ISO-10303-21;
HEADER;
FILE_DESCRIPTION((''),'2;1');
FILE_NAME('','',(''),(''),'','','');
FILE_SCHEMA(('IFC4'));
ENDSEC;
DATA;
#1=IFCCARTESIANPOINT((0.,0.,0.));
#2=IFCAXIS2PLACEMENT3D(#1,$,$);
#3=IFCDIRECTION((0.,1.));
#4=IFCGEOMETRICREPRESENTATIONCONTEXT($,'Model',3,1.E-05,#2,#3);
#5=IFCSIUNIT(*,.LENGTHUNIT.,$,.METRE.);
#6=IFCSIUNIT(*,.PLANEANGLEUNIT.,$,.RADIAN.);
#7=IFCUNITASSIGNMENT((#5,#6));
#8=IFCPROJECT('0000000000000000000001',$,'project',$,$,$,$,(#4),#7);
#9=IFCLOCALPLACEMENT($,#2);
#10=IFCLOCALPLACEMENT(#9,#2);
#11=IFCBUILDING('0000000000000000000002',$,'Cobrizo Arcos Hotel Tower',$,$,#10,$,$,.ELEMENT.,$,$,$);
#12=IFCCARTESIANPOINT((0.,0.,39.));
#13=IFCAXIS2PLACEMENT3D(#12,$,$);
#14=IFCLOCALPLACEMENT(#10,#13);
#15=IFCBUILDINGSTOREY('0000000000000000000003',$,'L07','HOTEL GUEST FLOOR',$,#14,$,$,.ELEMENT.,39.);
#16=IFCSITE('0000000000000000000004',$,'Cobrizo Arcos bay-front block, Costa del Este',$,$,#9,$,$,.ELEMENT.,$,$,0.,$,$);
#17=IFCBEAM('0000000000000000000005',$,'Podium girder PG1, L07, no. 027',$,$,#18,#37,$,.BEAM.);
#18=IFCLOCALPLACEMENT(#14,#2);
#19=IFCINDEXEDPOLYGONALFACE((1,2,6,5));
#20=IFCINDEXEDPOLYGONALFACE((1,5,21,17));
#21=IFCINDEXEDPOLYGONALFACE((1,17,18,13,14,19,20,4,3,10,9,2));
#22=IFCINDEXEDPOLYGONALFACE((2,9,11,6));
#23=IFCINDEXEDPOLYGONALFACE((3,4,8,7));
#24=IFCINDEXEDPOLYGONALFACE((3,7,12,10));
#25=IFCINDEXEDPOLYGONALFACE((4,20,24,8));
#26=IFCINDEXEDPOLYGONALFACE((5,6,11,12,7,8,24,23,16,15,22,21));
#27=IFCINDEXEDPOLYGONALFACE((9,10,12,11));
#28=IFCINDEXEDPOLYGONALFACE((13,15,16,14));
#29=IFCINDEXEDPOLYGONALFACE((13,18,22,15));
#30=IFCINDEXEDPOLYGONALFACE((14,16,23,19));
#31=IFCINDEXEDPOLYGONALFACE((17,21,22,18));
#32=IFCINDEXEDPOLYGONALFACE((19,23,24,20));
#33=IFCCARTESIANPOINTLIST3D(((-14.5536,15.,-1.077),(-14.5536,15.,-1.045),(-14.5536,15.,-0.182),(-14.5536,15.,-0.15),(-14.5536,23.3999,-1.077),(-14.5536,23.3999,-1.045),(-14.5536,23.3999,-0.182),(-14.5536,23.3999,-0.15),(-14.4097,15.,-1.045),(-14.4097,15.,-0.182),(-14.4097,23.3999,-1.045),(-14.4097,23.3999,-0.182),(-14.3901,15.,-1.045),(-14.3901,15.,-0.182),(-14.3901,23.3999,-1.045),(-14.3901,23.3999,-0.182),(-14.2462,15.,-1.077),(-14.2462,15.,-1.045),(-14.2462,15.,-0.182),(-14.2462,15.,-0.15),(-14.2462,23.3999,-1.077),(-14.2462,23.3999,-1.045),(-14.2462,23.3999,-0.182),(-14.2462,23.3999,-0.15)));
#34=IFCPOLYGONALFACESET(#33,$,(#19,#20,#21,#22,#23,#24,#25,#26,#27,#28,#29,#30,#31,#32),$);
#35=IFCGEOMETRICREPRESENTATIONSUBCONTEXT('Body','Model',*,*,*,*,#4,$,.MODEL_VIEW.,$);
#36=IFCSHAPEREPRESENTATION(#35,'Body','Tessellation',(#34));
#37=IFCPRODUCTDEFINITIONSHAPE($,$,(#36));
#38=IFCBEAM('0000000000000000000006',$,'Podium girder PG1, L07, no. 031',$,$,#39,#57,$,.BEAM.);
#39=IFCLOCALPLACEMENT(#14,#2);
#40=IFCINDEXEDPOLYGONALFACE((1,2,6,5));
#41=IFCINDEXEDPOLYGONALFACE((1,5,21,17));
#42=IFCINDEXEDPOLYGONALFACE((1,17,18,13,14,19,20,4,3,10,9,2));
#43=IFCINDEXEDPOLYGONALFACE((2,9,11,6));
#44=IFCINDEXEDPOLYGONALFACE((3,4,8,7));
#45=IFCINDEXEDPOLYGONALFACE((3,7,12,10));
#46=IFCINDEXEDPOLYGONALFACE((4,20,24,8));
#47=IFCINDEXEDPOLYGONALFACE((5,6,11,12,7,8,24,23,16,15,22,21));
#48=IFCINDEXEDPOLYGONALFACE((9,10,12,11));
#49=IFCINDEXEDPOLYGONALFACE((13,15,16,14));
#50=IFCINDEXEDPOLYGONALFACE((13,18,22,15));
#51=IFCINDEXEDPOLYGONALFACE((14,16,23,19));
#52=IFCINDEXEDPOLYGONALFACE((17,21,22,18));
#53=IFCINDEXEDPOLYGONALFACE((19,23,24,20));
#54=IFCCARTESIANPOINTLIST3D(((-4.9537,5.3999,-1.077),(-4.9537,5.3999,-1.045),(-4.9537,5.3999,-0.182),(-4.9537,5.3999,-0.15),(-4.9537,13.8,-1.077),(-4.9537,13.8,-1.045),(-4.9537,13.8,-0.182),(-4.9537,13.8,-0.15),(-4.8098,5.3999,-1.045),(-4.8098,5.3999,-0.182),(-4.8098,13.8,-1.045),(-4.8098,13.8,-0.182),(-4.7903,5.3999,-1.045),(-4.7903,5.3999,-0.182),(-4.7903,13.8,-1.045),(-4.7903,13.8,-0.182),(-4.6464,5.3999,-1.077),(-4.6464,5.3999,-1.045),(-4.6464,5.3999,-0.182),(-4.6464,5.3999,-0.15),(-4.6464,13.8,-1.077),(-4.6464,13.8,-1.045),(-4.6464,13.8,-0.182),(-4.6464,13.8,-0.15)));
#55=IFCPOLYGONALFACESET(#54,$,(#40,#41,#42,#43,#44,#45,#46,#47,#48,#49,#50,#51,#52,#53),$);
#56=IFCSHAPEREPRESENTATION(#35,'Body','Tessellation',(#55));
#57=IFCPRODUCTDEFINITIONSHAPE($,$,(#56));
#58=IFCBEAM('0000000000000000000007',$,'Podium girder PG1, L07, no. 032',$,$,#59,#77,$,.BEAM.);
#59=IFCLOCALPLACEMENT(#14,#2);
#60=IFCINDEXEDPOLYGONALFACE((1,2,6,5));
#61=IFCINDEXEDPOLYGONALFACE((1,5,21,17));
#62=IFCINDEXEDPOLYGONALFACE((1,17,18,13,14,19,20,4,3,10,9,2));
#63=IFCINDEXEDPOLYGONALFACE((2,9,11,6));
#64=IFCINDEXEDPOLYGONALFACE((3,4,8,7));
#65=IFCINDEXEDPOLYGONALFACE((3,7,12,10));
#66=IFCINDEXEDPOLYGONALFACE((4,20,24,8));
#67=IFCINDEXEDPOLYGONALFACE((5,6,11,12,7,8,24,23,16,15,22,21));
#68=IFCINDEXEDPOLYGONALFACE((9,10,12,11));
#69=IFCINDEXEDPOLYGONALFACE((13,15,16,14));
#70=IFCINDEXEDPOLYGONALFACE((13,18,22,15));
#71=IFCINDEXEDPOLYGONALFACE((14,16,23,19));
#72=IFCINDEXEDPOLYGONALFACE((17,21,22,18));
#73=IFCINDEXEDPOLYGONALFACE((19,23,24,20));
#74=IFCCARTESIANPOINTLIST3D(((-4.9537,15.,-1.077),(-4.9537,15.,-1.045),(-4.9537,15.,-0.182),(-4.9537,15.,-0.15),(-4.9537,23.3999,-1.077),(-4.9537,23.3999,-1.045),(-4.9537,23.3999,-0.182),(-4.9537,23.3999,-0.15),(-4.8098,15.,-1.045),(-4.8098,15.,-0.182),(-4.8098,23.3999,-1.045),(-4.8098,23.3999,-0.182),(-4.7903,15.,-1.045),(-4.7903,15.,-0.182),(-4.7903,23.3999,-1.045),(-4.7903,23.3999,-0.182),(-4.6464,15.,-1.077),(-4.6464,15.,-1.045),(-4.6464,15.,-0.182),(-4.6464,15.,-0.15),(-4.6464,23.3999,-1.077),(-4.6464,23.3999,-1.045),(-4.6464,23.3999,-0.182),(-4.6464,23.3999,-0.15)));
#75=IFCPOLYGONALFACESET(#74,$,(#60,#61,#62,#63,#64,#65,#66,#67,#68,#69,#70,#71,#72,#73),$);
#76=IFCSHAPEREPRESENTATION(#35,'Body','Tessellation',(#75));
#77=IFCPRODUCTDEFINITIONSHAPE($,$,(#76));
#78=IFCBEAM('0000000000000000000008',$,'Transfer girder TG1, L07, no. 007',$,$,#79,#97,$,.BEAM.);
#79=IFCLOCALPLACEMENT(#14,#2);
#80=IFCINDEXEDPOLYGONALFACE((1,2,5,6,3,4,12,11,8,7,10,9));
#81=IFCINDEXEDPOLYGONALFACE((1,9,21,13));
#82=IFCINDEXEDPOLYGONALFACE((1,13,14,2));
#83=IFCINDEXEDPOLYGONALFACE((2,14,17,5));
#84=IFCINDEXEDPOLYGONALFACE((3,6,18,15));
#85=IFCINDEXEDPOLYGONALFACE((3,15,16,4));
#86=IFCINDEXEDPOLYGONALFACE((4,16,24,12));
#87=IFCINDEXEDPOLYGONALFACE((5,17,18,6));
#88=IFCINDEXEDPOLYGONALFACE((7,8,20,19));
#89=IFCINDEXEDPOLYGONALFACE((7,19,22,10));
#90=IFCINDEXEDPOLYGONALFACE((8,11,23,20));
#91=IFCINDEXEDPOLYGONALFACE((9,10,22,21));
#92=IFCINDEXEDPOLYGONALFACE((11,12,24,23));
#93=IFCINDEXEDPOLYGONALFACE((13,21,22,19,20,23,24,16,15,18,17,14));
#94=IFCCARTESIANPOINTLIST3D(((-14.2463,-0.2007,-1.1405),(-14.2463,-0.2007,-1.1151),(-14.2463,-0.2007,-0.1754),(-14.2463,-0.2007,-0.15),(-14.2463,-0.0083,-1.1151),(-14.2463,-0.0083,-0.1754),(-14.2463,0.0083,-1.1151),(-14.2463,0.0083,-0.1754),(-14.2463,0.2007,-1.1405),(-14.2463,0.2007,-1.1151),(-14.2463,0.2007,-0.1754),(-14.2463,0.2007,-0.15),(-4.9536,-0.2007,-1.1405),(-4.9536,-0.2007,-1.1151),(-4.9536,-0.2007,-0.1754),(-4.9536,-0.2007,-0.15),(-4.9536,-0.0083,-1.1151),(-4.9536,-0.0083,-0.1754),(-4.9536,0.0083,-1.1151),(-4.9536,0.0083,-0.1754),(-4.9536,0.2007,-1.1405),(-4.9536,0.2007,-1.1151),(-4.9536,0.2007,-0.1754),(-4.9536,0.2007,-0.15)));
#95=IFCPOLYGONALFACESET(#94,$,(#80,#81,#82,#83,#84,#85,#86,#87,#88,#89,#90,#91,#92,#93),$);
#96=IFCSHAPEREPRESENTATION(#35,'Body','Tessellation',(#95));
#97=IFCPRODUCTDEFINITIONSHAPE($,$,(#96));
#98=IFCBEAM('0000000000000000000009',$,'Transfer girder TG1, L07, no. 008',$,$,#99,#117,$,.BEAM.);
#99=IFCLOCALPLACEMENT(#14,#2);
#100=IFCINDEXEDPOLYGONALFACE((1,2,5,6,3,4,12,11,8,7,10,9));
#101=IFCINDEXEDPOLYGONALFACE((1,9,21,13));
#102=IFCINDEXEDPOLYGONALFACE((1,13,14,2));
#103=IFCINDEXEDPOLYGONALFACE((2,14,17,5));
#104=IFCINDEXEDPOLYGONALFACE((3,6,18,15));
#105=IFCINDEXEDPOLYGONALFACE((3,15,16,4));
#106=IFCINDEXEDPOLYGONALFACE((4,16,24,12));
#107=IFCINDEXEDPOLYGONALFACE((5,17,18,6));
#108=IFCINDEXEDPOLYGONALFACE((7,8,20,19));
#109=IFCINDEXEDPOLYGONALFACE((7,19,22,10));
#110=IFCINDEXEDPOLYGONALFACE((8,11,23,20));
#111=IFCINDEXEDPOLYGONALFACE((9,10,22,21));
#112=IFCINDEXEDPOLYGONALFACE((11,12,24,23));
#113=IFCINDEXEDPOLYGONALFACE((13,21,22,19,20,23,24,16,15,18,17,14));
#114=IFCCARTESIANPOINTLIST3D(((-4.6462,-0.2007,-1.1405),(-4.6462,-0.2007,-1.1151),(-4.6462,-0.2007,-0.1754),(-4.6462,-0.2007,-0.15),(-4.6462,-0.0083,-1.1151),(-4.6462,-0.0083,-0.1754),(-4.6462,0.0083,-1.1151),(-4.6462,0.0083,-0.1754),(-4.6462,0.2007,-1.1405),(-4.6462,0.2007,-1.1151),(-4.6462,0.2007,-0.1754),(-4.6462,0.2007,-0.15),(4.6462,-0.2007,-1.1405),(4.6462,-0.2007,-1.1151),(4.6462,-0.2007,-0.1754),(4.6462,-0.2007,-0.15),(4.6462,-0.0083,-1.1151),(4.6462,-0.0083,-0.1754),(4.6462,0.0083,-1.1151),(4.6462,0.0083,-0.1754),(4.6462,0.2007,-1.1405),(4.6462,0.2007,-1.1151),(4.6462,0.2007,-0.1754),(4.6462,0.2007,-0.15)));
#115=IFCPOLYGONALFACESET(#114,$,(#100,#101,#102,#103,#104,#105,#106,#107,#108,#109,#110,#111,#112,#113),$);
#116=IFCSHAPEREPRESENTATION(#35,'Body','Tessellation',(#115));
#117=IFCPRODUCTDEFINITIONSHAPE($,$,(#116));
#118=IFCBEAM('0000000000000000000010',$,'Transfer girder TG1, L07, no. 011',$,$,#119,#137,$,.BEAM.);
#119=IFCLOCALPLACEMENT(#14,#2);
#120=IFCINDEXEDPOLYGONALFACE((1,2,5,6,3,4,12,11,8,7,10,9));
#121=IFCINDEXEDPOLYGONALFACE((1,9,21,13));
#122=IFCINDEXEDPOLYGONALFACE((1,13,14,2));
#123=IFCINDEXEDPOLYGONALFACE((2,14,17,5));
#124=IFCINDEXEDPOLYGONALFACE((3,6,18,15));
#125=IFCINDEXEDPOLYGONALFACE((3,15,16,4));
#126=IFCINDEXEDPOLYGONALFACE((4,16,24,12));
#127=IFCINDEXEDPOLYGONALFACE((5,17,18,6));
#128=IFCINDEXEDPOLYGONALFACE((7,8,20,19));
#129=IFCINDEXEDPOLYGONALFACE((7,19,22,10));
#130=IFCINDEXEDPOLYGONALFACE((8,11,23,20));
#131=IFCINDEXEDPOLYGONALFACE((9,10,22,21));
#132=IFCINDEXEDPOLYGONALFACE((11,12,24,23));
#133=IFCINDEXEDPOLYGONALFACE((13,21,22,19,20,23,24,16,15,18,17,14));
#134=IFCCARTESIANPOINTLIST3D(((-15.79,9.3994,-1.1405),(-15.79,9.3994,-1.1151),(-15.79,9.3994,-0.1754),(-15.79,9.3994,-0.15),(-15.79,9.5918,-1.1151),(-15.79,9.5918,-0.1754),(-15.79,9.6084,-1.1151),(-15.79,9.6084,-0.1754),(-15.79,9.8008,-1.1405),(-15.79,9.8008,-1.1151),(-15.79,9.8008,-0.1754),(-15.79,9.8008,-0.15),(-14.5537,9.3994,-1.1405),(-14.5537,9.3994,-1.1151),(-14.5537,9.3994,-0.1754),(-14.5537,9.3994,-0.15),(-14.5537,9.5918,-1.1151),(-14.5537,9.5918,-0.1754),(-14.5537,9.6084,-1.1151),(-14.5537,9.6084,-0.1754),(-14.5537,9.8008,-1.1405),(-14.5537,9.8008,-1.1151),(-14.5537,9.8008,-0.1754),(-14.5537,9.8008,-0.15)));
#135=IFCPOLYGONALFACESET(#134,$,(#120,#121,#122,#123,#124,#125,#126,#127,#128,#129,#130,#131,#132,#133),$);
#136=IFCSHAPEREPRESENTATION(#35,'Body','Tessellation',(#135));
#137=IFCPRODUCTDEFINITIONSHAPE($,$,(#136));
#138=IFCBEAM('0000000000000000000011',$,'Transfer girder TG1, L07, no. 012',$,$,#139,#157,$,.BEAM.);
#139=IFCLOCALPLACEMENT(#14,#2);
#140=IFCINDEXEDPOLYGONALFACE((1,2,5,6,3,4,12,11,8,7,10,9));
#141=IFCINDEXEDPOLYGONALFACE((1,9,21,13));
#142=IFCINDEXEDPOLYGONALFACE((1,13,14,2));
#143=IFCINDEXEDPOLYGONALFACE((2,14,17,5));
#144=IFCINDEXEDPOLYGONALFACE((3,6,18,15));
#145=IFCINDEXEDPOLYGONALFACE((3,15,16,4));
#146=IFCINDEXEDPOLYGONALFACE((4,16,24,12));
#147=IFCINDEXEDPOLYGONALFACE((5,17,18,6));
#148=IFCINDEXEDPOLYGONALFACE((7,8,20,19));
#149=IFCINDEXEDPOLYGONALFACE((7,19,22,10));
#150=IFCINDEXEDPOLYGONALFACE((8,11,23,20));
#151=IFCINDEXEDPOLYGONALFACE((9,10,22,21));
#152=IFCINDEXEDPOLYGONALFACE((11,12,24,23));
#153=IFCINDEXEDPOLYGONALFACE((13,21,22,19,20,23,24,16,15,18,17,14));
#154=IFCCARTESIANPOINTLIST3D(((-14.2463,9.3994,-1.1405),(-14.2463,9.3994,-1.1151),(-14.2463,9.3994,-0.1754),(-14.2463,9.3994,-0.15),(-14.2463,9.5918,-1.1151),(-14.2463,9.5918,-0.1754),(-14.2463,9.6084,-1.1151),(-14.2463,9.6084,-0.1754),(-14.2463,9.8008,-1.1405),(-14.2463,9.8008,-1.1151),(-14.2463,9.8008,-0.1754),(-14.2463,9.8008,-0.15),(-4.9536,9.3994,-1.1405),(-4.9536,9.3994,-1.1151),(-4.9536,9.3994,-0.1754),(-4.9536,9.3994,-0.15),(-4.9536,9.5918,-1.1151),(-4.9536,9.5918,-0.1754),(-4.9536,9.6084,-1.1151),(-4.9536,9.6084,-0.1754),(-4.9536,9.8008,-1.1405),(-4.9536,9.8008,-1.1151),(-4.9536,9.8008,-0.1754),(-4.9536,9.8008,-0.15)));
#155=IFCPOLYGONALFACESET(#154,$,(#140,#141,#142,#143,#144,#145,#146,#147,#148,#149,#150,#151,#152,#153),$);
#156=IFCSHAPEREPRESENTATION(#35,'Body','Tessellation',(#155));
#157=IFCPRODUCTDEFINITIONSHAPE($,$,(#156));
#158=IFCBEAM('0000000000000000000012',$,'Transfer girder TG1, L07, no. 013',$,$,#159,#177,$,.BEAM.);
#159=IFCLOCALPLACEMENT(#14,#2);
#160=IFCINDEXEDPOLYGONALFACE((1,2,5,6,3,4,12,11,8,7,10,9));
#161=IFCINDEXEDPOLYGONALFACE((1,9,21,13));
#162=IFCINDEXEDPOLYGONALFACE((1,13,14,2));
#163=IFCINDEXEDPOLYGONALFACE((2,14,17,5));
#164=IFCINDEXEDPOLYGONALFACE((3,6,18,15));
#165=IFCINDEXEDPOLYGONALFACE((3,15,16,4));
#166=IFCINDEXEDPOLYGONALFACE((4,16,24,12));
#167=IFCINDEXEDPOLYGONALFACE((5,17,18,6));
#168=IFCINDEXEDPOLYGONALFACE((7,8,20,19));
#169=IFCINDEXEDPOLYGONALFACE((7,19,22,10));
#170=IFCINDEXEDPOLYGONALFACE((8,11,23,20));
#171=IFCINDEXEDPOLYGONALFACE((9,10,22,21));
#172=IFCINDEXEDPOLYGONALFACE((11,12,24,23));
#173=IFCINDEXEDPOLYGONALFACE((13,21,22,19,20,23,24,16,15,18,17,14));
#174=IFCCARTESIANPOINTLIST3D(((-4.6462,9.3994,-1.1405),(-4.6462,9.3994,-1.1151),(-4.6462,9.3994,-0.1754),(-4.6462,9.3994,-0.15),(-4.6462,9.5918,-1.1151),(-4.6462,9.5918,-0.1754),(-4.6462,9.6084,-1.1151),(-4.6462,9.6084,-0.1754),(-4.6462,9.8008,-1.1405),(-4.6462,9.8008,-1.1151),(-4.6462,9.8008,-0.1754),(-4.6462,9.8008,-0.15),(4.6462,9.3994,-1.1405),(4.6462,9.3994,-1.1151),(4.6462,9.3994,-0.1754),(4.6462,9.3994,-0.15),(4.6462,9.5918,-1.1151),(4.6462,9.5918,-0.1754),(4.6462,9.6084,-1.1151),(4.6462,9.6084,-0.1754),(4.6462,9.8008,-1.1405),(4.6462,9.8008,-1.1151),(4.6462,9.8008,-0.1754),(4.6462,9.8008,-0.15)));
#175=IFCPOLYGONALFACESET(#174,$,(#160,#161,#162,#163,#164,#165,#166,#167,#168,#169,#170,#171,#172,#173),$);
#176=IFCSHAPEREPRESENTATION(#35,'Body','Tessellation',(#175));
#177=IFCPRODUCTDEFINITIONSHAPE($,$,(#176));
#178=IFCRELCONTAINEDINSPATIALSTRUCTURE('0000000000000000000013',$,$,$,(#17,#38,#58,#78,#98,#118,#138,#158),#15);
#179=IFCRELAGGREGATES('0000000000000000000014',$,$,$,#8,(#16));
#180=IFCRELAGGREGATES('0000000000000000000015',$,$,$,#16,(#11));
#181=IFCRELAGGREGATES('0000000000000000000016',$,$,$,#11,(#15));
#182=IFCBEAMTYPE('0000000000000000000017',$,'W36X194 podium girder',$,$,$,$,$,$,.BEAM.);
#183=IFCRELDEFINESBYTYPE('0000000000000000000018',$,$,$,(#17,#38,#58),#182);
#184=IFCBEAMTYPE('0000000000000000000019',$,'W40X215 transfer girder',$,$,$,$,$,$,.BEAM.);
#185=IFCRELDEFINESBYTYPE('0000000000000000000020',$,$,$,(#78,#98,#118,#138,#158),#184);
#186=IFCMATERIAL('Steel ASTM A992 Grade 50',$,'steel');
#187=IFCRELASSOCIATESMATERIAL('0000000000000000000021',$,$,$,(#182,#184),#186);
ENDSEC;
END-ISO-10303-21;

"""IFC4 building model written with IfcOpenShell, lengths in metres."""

from ifc_helpers import new_model, si_unit, direction, frame, origin, origin_2d, place, context, subcontext, project, spatial, i_section, extrude, material, material_profile, profile_set, type_object, element, save


model = new_model("IFC4")

# Units and contexts
model_context = context("Model", 3, precision=1e-05, world=origin(), true_north=direction((0.0, 1.0)))
body_context = subcontext(model_context, "Body", "Model", "MODEL_VIEW")
ifc_project = project(units=[si_unit("LENGTHUNIT", "METRE"), si_unit("PLANEANGLEUNIT", "RADIAN")], contexts=[model_context])

# Site, building, storey
site_placement = place(None, origin())
site = spatial("IfcSite", under=ifc_project, at=site_placement, Name="Cobrizo Arcos bay-front block, Costa del Este", CompositionType="ELEMENT", RefElevation=0.0)
building_placement = place(site_placement, origin())
building = spatial("IfcBuilding", under=site, at=building_placement, Name="Cobrizo Arcos Hotel Tower", CompositionType="ELEMENT")
storey_placement = place(building_placement, frame((0.0, 0.0, 39.0)))
storey = spatial("IfcBuildingStorey", under=building, at=storey_placement, Name="L07", Description="HOTEL GUEST FLOOR", CompositionType="ELEMENT", Elevation=39.0)

# Shared definitions
ifc_material_1 = material(Name="Steel ASTM A992 Grade 50", Category="steel")

# Beams
ifc_material_profile_1 = material_profile(ifc_material_1, i_section(OverallWidth=0.3074, OverallDepth=0.927, WebThickness=0.0195, FlangeThickness=0.032, at=origin_2d()), Name="W36X194")
ifc_profile_set_1 = profile_set([ifc_material_profile_1], Name="Steel ASTM A992 Grade 50")
beam_type_1 = type_object("IfcBeamType", Name="W36X194 podium girder", PredefinedType="BEAM", material=ifc_profile_set_1)
beam_1_placement = place(storey_placement, frame((-14.3999, 15.0, -0.6135), z_axis=(0.0, 1.0, 0.0), x_axis=(-1.0, 0.0, 0.0)))
element("IfcBeam", 1, at=beam_1_placement, inside=storey, type_object=beam_type_1, Name="Podium girder PG1, L07, no. 027", PredefinedType="BEAM", context=body_context, shape_type="SweptSolid", body=[
    extrude(i_section(OverallWidth=0.3074, OverallDepth=0.927, WebThickness=0.0195, FlangeThickness=0.032, at=origin_2d()), origin(), (0.0, 0.0, 1.0), 8.3999),
])
beam_2_placement = place(storey_placement, frame((-4.8, 5.3999, -0.6135), z_axis=(0.0, 1.0, 0.0), x_axis=(-1.0, 0.0, 0.0)))
element("IfcBeam", 2, at=beam_2_placement, inside=storey, type_object=beam_type_1, Name="Podium girder PG1, L07, no. 031", PredefinedType="BEAM", context=body_context, shape_type="SweptSolid", body=[
    extrude(i_section(OverallWidth=0.3074, OverallDepth=0.927, WebThickness=0.0195, FlangeThickness=0.032, at=origin_2d()), origin(), (0.0, 0.0, 1.0), 8.4001),
])
beam_3_placement = place(storey_placement, frame((-4.8, 15.0, -0.6135), z_axis=(0.0, 1.0, 0.0), x_axis=(-1.0, 0.0, 0.0)))
element("IfcBeam", 3, at=beam_3_placement, inside=storey, type_object=beam_type_1, Name="Podium girder PG1, L07, no. 032", PredefinedType="BEAM", context=body_context, shape_type="SweptSolid", body=[
    extrude(i_section(OverallWidth=0.3074, OverallDepth=0.927, WebThickness=0.0195, FlangeThickness=0.032, at=origin_2d()), origin(), (0.0, 0.0, 1.0), 8.3999),
])
ifc_material_profile_2 = material_profile(ifc_material_1, i_section(OverallWidth=0.4014, OverallDepth=0.9905, WebThickness=0.0166, FlangeThickness=0.0254, at=origin_2d()), Name="W40X215")
ifc_profile_set_2 = profile_set([ifc_material_profile_2], Name="Steel ASTM A992 Grade 50")
beam_type_2 = type_object("IfcBeamType", Name="W40X215 transfer girder", PredefinedType="BEAM", material=ifc_profile_set_2)
beam_4_placement = place(storey_placement, frame((-14.2463, 0.0, -0.6453), z_axis=(1.0, 0.0, 0.0), x_axis=(0.0, 1.0, 0.0)))
element("IfcBeam", 4, at=beam_4_placement, inside=storey, type_object=beam_type_2, Name="Transfer girder TG1, L07, no. 007", PredefinedType="BEAM", context=body_context, shape_type="SweptSolid", body=[
    extrude(i_section(OverallWidth=0.4014, OverallDepth=0.9905, WebThickness=0.0166, FlangeThickness=0.0254, at=origin_2d()), origin(), (0.0, 0.0, 1.0), 9.2927),
])
beam_5_placement = place(storey_placement, frame((-4.6462, 0.0, -0.6453), z_axis=(1.0, 0.0, 0.0), x_axis=(0.0, 1.0, 0.0)))
element("IfcBeam", 5, at=beam_5_placement, inside=storey, type_object=beam_type_2, Name="Transfer girder TG1, L07, no. 008", PredefinedType="BEAM", context=body_context, shape_type="SweptSolid", body=[
    extrude(i_section(OverallWidth=0.4014, OverallDepth=0.9905, WebThickness=0.0166, FlangeThickness=0.0254, at=origin_2d()), origin(), (0.0, 0.0, 1.0), 9.2925),
])
beam_6_placement = place(storey_placement, frame((-15.79, 9.6001, -0.6453), z_axis=(1.0, 0.0, 0.0), x_axis=(0.0, 1.0, 0.0)))
element("IfcBeam", 6, at=beam_6_placement, inside=storey, type_object=beam_type_2, Name="Transfer girder TG1, L07, no. 011", PredefinedType="BEAM", context=body_context, shape_type="SweptSolid", body=[
    extrude(i_section(OverallWidth=0.4014, OverallDepth=0.9905, WebThickness=0.0166, FlangeThickness=0.0254, at=origin_2d()), origin(), (0.0, 0.0, 1.0), 1.2363),
])
beam_7_placement = place(storey_placement, frame((-14.2463, 9.6001, -0.6453), z_axis=(1.0, 0.0, 0.0), x_axis=(0.0, 1.0, 0.0)))
element("IfcBeam", 7, at=beam_7_placement, inside=storey, type_object=beam_type_2, Name="Transfer girder TG1, L07, no. 012", PredefinedType="BEAM", context=body_context, shape_type="SweptSolid", body=[
    extrude(i_section(OverallWidth=0.4014, OverallDepth=0.9905, WebThickness=0.0166, FlangeThickness=0.0254, at=origin_2d()), origin(), (0.0, 0.0, 1.0), 9.2927),
])
beam_8_placement = place(storey_placement, frame((-4.6462, 9.6001, -0.6453), z_axis=(1.0, 0.0, 0.0), x_axis=(0.0, 1.0, 0.0)))
element("IfcBeam", 8, at=beam_8_placement, inside=storey, type_object=beam_type_2, Name="Transfer girder TG1, L07, no. 013", PredefinedType="BEAM", context=body_context, shape_type="SweptSolid", body=[
    extrude(i_section(OverallWidth=0.4014, OverallDepth=0.9905, WebThickness=0.0166, FlangeThickness=0.0254, at=origin_2d()), origin(), (0.0, 0.0, 1.0), 9.2925),
])

save(model, "model.ifc")
